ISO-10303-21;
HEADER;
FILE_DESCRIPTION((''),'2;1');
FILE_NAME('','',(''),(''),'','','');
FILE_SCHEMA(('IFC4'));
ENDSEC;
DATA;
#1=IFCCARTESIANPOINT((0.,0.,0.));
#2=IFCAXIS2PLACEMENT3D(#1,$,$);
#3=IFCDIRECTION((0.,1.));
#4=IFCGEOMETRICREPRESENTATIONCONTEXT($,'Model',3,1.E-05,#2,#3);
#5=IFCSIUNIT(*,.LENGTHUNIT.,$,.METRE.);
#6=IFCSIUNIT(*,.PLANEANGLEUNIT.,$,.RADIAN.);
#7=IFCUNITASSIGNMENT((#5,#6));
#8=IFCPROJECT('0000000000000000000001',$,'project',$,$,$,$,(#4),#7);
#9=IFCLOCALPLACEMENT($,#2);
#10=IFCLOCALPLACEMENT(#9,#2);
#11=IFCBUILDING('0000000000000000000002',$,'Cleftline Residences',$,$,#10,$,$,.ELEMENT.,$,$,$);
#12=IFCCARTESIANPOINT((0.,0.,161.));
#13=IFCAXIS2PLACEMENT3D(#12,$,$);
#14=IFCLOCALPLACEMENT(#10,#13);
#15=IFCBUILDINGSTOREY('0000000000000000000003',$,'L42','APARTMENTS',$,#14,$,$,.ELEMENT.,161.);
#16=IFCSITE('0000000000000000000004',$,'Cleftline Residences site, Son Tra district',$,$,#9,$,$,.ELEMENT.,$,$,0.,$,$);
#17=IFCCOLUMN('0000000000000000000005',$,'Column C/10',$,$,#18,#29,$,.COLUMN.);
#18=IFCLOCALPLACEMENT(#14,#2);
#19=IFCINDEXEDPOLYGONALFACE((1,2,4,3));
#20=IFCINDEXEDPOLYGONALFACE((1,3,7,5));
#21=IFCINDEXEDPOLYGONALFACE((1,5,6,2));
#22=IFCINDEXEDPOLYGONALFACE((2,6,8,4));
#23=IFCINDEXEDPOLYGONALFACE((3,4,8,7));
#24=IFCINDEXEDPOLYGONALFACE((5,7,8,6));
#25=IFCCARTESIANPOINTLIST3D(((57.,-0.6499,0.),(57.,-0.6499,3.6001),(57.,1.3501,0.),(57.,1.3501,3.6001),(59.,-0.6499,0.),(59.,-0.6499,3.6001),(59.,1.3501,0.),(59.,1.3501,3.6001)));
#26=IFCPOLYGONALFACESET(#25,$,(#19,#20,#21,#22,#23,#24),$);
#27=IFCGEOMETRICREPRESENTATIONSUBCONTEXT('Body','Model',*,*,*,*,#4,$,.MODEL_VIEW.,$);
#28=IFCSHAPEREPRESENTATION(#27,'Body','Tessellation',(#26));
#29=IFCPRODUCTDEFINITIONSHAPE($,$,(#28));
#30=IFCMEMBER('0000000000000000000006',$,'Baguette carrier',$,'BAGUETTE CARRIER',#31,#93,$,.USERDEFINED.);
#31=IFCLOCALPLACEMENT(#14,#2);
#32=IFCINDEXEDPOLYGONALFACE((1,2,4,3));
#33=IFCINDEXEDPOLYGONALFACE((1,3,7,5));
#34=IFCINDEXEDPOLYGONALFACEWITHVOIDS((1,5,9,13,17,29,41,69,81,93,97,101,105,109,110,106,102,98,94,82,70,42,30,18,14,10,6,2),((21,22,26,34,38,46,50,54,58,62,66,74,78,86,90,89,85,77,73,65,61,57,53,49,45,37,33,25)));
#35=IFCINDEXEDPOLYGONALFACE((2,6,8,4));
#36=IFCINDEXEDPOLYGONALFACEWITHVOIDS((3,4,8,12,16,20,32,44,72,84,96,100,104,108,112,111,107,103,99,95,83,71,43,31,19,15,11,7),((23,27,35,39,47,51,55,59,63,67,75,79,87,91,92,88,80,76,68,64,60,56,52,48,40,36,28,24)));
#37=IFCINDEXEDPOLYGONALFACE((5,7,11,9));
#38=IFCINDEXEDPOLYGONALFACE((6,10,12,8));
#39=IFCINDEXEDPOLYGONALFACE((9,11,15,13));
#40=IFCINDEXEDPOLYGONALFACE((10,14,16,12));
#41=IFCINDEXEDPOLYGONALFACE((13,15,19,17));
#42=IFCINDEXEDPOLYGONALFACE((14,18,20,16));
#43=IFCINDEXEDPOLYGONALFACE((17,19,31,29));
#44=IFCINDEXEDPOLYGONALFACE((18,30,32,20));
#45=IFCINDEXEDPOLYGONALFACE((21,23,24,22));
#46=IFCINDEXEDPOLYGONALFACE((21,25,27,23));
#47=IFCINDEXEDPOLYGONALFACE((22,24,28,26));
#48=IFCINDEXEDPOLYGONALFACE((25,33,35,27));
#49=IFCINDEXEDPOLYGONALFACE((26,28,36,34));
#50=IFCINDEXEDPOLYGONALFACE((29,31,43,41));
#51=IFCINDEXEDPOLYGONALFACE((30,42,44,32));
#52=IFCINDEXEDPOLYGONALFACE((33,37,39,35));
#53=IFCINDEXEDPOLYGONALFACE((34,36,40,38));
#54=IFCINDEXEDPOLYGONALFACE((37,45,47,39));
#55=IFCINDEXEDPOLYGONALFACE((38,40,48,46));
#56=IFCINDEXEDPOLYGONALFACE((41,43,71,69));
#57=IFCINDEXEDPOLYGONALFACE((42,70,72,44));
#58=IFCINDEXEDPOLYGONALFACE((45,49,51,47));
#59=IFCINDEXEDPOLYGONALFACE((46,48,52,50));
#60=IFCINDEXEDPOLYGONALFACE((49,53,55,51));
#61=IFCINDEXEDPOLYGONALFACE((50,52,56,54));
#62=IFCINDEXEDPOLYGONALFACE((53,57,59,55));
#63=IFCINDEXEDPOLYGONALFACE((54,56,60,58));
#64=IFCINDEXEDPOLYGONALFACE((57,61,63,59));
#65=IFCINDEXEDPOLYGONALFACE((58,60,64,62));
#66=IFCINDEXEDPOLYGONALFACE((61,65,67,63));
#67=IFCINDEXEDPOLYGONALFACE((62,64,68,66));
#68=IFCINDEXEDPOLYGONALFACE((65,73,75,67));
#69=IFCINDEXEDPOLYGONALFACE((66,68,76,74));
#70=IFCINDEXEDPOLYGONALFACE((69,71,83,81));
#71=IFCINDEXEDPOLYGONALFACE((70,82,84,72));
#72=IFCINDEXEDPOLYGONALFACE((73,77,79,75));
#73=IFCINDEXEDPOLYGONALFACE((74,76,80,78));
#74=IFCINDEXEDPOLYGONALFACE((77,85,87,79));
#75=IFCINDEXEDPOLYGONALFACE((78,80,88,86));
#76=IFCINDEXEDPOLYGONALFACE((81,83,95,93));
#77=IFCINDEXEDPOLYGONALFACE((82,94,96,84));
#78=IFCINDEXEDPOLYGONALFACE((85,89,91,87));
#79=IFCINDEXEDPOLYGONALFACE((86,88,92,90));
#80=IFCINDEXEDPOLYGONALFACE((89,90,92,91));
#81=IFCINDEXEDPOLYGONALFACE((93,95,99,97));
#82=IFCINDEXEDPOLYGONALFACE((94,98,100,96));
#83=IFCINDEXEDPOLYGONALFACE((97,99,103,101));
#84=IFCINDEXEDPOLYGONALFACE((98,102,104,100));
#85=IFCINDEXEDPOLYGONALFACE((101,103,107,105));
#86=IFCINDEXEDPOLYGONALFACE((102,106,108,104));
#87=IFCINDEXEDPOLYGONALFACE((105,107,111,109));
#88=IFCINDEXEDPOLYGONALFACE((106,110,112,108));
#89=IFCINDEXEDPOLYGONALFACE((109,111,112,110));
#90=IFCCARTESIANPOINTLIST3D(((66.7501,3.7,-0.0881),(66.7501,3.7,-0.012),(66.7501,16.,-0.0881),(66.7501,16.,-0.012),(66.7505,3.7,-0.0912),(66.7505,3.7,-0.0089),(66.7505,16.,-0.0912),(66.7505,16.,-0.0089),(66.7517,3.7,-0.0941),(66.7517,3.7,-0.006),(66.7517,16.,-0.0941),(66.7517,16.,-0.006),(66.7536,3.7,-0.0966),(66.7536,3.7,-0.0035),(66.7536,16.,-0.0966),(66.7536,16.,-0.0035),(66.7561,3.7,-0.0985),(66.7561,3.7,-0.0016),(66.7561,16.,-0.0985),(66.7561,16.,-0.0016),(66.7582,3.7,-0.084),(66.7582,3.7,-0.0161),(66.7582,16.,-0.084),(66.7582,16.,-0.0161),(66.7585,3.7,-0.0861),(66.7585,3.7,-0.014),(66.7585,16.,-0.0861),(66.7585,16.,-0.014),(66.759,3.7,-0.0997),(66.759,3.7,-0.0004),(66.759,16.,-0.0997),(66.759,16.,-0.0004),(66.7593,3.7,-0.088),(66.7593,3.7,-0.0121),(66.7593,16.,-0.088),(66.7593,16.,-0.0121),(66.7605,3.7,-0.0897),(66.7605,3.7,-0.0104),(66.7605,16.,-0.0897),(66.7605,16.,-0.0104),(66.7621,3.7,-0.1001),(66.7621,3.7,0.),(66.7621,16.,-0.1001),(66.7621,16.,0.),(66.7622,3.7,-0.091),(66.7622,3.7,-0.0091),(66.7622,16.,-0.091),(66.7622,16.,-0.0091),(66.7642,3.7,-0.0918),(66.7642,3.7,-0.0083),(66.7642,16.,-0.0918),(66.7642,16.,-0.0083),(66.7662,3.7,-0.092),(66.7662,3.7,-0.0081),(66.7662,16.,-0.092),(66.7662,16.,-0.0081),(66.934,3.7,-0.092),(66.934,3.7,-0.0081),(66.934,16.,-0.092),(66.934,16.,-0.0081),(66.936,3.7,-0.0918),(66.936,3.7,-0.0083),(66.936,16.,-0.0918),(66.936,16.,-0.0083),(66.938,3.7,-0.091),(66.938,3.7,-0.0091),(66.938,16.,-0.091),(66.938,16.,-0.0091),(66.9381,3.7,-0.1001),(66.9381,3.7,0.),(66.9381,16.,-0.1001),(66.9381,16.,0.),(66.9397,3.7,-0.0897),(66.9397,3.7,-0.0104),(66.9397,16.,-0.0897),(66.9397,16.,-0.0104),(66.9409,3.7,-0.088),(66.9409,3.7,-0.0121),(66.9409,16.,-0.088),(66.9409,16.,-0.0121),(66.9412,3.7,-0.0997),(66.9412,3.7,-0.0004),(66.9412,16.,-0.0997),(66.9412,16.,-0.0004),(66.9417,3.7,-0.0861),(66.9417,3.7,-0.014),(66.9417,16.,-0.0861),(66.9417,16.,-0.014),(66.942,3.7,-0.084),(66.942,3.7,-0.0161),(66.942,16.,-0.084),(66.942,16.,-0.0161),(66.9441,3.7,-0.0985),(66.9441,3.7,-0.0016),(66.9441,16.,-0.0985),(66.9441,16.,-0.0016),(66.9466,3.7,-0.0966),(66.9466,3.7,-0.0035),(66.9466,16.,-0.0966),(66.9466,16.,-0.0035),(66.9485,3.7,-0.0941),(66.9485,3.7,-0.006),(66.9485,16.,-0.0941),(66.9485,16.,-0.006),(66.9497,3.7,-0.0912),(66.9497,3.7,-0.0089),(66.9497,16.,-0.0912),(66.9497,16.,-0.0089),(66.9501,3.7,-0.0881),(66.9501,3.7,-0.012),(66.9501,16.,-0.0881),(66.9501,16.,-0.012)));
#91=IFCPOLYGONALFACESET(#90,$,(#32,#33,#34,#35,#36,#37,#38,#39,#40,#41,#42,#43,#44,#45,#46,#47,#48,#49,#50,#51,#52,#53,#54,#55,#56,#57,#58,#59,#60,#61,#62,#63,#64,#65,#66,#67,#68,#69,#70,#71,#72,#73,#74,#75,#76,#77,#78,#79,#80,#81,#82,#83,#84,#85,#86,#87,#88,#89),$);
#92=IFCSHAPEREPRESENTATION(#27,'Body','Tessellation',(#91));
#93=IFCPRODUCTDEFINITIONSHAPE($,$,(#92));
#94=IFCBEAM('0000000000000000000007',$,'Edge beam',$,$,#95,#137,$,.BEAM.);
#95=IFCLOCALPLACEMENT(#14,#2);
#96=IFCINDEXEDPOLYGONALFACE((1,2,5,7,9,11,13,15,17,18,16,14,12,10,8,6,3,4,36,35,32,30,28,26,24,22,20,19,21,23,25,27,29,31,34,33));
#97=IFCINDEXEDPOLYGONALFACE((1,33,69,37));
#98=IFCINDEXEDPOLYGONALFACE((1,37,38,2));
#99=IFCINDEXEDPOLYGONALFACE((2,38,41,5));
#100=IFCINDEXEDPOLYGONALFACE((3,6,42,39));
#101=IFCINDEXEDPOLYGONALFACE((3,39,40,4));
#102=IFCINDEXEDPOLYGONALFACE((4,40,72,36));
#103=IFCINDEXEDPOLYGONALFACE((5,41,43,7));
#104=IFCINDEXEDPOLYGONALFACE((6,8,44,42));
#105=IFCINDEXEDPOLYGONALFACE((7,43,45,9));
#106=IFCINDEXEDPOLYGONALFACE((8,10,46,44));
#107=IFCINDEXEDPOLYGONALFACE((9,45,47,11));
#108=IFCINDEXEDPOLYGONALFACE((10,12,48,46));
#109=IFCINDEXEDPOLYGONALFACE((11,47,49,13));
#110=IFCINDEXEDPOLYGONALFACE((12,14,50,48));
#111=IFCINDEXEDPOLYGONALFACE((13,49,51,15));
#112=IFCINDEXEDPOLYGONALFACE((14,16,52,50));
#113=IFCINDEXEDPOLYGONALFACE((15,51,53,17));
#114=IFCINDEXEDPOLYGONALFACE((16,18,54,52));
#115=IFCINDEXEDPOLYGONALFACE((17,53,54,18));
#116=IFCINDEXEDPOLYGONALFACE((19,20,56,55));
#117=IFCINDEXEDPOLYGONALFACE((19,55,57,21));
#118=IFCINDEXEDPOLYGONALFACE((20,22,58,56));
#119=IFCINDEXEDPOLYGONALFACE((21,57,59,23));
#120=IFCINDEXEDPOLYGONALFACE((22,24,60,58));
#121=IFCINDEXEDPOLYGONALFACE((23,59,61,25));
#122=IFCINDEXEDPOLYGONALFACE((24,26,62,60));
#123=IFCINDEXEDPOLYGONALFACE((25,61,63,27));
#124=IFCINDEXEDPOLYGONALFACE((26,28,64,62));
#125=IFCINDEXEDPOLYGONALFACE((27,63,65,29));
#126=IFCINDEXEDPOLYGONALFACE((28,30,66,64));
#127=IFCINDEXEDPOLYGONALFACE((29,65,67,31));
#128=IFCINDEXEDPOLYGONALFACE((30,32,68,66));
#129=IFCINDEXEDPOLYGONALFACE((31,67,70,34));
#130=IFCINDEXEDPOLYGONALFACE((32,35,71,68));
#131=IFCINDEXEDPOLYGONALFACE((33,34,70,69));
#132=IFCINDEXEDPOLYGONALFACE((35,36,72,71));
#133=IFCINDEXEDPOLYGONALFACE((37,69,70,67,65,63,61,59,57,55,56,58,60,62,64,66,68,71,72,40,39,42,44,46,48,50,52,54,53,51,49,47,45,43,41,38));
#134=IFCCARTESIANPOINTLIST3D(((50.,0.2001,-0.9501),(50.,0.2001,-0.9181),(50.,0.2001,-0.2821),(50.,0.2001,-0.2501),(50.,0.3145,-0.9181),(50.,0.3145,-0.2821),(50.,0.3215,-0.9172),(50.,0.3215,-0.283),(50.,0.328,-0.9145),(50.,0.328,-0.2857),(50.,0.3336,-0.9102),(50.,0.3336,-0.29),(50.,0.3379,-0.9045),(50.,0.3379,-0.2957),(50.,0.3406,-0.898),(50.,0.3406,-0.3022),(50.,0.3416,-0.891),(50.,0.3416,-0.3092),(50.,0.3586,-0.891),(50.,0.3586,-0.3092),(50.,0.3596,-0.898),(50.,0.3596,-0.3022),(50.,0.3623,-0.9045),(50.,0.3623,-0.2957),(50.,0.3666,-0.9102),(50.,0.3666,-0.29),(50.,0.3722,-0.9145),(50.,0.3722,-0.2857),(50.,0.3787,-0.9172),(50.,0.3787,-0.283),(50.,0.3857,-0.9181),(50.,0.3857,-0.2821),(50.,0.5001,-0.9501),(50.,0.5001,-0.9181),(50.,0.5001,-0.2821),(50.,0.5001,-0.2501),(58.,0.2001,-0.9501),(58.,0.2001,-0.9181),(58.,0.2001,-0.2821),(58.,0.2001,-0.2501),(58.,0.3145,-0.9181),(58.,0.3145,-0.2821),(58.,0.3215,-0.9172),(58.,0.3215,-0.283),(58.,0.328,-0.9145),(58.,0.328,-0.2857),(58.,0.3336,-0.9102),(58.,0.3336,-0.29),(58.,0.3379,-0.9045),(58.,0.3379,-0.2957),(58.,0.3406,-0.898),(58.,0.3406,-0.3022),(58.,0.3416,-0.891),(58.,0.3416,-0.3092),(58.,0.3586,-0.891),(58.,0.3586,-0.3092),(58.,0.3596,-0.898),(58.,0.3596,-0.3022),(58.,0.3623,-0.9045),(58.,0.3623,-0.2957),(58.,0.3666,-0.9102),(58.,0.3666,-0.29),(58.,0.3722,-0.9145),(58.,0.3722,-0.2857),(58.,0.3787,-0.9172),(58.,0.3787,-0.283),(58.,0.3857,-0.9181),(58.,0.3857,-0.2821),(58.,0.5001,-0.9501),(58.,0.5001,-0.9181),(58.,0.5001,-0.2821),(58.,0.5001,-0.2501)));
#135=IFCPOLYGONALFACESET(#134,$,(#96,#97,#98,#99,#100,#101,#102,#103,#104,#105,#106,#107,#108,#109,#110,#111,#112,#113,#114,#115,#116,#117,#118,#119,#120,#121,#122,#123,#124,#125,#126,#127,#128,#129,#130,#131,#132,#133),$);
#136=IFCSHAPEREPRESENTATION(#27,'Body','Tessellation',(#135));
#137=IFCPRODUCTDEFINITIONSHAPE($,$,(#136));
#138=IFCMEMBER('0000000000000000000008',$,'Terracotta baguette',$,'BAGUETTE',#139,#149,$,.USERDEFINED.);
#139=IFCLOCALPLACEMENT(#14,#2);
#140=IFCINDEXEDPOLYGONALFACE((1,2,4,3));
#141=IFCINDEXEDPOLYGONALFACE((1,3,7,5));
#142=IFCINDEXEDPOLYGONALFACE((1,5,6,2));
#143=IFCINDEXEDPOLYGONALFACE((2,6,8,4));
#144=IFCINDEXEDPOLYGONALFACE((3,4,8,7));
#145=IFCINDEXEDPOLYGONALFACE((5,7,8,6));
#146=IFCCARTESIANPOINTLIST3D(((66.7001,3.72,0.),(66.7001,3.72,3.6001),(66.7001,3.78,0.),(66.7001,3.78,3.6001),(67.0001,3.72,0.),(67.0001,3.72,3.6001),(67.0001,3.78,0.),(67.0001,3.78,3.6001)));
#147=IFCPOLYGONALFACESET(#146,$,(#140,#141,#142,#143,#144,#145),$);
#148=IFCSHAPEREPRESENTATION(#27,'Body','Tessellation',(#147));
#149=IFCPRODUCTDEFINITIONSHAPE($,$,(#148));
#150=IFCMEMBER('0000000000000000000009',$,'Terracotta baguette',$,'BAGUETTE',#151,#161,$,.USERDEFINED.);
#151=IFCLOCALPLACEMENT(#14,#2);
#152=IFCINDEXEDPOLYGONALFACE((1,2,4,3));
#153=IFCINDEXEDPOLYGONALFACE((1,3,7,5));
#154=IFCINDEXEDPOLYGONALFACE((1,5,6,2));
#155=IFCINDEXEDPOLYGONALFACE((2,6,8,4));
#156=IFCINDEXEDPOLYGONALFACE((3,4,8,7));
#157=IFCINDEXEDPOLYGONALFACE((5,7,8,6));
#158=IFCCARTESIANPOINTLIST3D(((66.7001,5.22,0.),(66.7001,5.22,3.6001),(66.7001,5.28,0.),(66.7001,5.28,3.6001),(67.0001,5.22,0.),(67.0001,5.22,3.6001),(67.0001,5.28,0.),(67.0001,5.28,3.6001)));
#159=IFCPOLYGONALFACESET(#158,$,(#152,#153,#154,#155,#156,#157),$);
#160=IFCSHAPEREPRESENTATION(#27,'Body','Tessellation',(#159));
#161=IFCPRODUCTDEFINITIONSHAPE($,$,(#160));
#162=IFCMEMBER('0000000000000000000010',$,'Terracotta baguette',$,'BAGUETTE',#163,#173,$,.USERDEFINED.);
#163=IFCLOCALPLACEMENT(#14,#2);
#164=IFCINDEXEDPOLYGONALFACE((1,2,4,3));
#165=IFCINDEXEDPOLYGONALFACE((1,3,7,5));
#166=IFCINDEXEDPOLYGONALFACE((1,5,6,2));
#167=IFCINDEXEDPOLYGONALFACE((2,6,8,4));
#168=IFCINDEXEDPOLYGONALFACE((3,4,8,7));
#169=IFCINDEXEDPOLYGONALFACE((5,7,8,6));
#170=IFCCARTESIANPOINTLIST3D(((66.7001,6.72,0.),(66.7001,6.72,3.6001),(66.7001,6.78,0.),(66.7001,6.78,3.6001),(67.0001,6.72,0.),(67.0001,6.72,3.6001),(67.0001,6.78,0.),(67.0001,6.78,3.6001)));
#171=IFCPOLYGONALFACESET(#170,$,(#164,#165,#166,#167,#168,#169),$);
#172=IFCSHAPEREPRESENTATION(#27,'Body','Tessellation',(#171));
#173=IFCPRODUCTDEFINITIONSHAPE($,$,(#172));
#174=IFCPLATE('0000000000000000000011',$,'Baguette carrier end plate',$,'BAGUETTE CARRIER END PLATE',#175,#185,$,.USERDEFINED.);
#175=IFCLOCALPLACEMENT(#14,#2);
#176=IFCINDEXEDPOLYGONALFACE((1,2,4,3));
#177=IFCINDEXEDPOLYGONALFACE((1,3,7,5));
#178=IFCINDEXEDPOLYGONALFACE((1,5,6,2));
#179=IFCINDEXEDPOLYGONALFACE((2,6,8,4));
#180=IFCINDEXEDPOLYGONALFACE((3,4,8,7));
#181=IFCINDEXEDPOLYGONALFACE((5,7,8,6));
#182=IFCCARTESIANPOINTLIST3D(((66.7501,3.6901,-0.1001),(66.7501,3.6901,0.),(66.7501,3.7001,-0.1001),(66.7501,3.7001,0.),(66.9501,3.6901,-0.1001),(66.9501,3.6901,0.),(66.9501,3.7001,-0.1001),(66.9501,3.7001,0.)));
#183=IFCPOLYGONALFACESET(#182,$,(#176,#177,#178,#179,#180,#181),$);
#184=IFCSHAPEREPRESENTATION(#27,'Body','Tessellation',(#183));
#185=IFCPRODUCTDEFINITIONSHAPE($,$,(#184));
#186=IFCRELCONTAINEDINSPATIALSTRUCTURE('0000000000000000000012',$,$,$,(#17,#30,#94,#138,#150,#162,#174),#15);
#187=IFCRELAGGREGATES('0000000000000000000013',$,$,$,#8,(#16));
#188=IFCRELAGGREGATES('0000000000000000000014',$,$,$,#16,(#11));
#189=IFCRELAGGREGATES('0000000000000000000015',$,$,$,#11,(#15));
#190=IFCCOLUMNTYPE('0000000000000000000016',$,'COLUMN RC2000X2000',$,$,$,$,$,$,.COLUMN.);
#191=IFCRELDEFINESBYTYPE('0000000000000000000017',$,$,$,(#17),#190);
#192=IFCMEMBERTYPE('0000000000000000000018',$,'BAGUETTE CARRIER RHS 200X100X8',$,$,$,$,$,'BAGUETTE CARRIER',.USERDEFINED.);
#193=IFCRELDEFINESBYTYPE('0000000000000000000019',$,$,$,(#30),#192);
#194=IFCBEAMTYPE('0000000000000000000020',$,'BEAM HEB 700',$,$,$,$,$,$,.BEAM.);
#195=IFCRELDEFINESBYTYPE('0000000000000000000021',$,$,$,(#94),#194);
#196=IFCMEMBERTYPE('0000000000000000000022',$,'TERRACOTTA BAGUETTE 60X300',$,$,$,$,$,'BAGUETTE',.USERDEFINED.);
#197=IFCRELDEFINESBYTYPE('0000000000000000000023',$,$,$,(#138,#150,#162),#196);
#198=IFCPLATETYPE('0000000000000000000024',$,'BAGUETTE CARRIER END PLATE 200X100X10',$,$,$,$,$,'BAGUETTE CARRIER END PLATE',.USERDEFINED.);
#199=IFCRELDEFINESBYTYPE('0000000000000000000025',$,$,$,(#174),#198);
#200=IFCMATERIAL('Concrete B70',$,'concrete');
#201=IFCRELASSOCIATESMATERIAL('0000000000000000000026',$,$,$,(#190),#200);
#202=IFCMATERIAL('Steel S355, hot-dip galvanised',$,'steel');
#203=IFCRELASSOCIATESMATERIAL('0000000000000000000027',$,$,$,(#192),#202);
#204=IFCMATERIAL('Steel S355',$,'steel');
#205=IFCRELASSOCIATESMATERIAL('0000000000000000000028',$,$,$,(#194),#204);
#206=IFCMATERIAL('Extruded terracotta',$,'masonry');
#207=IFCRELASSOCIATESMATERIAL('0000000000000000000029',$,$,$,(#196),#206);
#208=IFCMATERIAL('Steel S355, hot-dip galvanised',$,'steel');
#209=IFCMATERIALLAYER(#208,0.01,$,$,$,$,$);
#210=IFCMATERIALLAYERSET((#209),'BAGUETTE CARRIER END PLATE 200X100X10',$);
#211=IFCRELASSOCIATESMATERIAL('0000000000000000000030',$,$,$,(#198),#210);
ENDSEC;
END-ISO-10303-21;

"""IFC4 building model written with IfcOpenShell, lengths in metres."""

from ifc_helpers import new_model, si_unit, direction, frame, origin, origin_2d, place, context, subcontext, project, spatial, rectangle, hollow_rectangle, i_section, extrude, material, layer, layer_set, material_profile, profile_set, type_object, element, save


model = new_model("IFC4")

# Units and contexts
model_context = context("Model", 3, precision=1e-05, world=origin(), true_north=direction((0.0, 1.0)))
body_context = subcontext(model_context, "Body", "Model", "MODEL_VIEW")
ifc_project = project(units=[si_unit("LENGTHUNIT", "METRE"), si_unit("PLANEANGLEUNIT", "RADIAN")], contexts=[model_context])

# Site, building, storey
site_placement = place(None, origin())
site = spatial("IfcSite", under=ifc_project, at=site_placement, Name="Cleftline Residences site, Son Tra district", CompositionType="ELEMENT", RefElevation=0.0)
building_placement = place(site_placement, origin())
building = spatial("IfcBuilding", under=site, at=building_placement, Name="Cleftline Residences", CompositionType="ELEMENT")
storey_placement = place(building_placement, frame((0.0, 0.0, 161.0)))
storey = spatial("IfcBuildingStorey", under=building, at=storey_placement, Name="L42", Description="APARTMENTS", CompositionType="ELEMENT", Elevation=161.0)

# Column
ifc_material_1 = material(Name="Concrete B70", Category="concrete")
ifc_material_profile_1 = material_profile(ifc_material_1, rectangle(XDim=2.0, YDim=2.0, at=origin_2d()))
ifc_profile_set_1 = profile_set([ifc_material_profile_1], Name="Concrete B70")
column_type = type_object("IfcColumnType", Name="COLUMN RC2000X2000", PredefinedType="COLUMN", material=ifc_profile_set_1)
column_placement = place(storey_placement, frame((58.0, 0.3501, 0.0), z_axis=(0.0, 0.0, 1.0), x_axis=(1.0, 0.0, 0.0)))
element("IfcColumn", 1, at=column_placement, inside=storey, type_object=column_type, Name="Column C/10", PredefinedType="COLUMN", context=body_context, shape_type="SweptSolid", body=[
    extrude(rectangle(XDim=2.0, YDim=2.0, at=origin_2d()), origin(), (0.0, 0.0, 1.0), 3.6001),
])

# Member
ifc_material_2 = material(Name="Steel S355, hot-dip galvanised", Category="steel")
ifc_material_profile_2 = material_profile(ifc_material_2, hollow_rectangle(XDim=0.1001, YDim=0.2, WallThickness=0.0081, InnerFilletRadius=0.0081, OuterFilletRadius=0.012, at=origin_2d()))
ifc_profile_set_2 = profile_set([ifc_material_profile_2], Name="Steel S355, hot-dip galvanised")
member_type_1 = type_object("IfcMemberType", Name="BAGUETTE CARRIER RHS 200X100X8", ElementType="BAGUETTE CARRIER", PredefinedType="USERDEFINED", material=ifc_profile_set_2)
member_placement = place(storey_placement, frame((66.8501, 3.7, -0.05), z_axis=(0.0, 1.0, 0.0), x_axis=(0.0, 0.0, 1.0)))
element("IfcMember", 2, at=member_placement, inside=storey, type_object=member_type_1, Name="Baguette carrier", ObjectType="BAGUETTE CARRIER", PredefinedType="USERDEFINED", context=body_context, shape_type="SweptSolid", body=[
    extrude(hollow_rectangle(XDim=0.1001, YDim=0.2, WallThickness=0.0081, InnerFilletRadius=0.0081, OuterFilletRadius=0.012, at=origin_2d()), origin(), (0.0, 0.0, 1.0), 12.3),
])

# Beam
ifc_material_3 = material(Name="Steel S355", Category="steel")
ifc_material_profile_3 = material_profile(ifc_material_3, i_section(OverallWidth=0.3, OverallDepth=0.7, WebThickness=0.0171, FlangeThickness=0.032, FilletRadius=0.0271, at=origin_2d()))
ifc_profile_set_3 = profile_set([ifc_material_profile_3], Name="Steel S355")
beam_type = type_object("IfcBeamType", Name="BEAM HEB 700", PredefinedType="BEAM", material=ifc_profile_set_3)
beam_placement = place(storey_placement, frame((58.0, 0.3501, -0.6001), z_axis=(-1.0, 0.0, 0.0), x_axis=(0.0, -1.0, 0.0)))
element("IfcBeam", 3, at=beam_placement, inside=storey, type_object=beam_type, Name="Edge beam", PredefinedType="BEAM", context=body_context, shape_type="SweptSolid", body=[
    extrude(i_section(OverallWidth=0.3, OverallDepth=0.7, WebThickness=0.0171, FlangeThickness=0.032, FilletRadius=0.0271, at=origin_2d()), origin(), (0.0, 0.0, 1.0), 8.0),
])

# Members
ifc_material_4 = material(Name="Extruded terracotta", Category="masonry")
ifc_material_profile_4 = material_profile(ifc_material_4, rectangle(XDim=0.0601, YDim=0.3, at=origin_2d()))
ifc_profile_set_4 = profile_set([ifc_material_profile_4], Name="Extruded terracotta")
member_type_2 = type_object("IfcMemberType", Name="TERRACOTTA BAGUETTE 60X300", ElementType="BAGUETTE", PredefinedType="USERDEFINED", material=ifc_profile_set_4)
for number, where, z_axis, x_axis, name in (
    (4, (66.8501, 3.75, 0.0), (0.0, 0.0, 1.0), (0.0, 1.0, 0.0), "Terracotta baguette"),
    (5, (66.8501, 5.25, 0.0), (0.0, 0.0, 1.0), (0.0, 1.0, 0.0), "Terracotta baguette"),
    (6, (66.8501, 6.75, 0.0), (0.0, 0.0, 1.0), (0.0, 1.0, 0.0), "Terracotta baguette"),
):
    element("IfcMember", number, at=place(storey_placement, frame(where, z_axis=z_axis, x_axis=x_axis)), inside=storey, type_object=member_type_2, Name=name, ObjectType="BAGUETTE", PredefinedType="USERDEFINED", context=body_context, shape_type="SweptSolid", body=[
        extrude(rectangle(XDim=0.0601, YDim=0.3, at=origin_2d()), origin(), (0.0, 0.0, 1.0), 3.6001),
    ])

# Plate
ifc_material_5 = material(Name="Steel S355, hot-dip galvanised", Category="steel")
ifc_layer_1 = layer(ifc_material_5, 0.01)
ifc_layer_set_1 = layer_set([ifc_layer_1], Name="BAGUETTE CARRIER END PLATE 200X100X10")
plate_type = type_object("IfcPlateType", Name="BAGUETTE CARRIER END PLATE 200X100X10", ElementType="BAGUETTE CARRIER END PLATE", PredefinedType="USERDEFINED", material=ifc_layer_set_1)
plate_placement = place(storey_placement, frame((66.8501, 3.6951, -0.1001), z_axis=(0.0, 0.0, 1.0), x_axis=(1.0, 0.0, 0.0)))
element("IfcPlate", 7, at=plate_placement, inside=storey, type_object=plate_type, Name="Baguette carrier end plate", ObjectType="BAGUETTE CARRIER END PLATE", PredefinedType="USERDEFINED", context=body_context, shape_type="SweptSolid", body=[
    extrude(rectangle(XDim=0.2, YDim=0.01, at=origin_2d()), origin(), (0.0, 0.0, 1.0), 0.1001),
])

save(model, "model.ifc")
